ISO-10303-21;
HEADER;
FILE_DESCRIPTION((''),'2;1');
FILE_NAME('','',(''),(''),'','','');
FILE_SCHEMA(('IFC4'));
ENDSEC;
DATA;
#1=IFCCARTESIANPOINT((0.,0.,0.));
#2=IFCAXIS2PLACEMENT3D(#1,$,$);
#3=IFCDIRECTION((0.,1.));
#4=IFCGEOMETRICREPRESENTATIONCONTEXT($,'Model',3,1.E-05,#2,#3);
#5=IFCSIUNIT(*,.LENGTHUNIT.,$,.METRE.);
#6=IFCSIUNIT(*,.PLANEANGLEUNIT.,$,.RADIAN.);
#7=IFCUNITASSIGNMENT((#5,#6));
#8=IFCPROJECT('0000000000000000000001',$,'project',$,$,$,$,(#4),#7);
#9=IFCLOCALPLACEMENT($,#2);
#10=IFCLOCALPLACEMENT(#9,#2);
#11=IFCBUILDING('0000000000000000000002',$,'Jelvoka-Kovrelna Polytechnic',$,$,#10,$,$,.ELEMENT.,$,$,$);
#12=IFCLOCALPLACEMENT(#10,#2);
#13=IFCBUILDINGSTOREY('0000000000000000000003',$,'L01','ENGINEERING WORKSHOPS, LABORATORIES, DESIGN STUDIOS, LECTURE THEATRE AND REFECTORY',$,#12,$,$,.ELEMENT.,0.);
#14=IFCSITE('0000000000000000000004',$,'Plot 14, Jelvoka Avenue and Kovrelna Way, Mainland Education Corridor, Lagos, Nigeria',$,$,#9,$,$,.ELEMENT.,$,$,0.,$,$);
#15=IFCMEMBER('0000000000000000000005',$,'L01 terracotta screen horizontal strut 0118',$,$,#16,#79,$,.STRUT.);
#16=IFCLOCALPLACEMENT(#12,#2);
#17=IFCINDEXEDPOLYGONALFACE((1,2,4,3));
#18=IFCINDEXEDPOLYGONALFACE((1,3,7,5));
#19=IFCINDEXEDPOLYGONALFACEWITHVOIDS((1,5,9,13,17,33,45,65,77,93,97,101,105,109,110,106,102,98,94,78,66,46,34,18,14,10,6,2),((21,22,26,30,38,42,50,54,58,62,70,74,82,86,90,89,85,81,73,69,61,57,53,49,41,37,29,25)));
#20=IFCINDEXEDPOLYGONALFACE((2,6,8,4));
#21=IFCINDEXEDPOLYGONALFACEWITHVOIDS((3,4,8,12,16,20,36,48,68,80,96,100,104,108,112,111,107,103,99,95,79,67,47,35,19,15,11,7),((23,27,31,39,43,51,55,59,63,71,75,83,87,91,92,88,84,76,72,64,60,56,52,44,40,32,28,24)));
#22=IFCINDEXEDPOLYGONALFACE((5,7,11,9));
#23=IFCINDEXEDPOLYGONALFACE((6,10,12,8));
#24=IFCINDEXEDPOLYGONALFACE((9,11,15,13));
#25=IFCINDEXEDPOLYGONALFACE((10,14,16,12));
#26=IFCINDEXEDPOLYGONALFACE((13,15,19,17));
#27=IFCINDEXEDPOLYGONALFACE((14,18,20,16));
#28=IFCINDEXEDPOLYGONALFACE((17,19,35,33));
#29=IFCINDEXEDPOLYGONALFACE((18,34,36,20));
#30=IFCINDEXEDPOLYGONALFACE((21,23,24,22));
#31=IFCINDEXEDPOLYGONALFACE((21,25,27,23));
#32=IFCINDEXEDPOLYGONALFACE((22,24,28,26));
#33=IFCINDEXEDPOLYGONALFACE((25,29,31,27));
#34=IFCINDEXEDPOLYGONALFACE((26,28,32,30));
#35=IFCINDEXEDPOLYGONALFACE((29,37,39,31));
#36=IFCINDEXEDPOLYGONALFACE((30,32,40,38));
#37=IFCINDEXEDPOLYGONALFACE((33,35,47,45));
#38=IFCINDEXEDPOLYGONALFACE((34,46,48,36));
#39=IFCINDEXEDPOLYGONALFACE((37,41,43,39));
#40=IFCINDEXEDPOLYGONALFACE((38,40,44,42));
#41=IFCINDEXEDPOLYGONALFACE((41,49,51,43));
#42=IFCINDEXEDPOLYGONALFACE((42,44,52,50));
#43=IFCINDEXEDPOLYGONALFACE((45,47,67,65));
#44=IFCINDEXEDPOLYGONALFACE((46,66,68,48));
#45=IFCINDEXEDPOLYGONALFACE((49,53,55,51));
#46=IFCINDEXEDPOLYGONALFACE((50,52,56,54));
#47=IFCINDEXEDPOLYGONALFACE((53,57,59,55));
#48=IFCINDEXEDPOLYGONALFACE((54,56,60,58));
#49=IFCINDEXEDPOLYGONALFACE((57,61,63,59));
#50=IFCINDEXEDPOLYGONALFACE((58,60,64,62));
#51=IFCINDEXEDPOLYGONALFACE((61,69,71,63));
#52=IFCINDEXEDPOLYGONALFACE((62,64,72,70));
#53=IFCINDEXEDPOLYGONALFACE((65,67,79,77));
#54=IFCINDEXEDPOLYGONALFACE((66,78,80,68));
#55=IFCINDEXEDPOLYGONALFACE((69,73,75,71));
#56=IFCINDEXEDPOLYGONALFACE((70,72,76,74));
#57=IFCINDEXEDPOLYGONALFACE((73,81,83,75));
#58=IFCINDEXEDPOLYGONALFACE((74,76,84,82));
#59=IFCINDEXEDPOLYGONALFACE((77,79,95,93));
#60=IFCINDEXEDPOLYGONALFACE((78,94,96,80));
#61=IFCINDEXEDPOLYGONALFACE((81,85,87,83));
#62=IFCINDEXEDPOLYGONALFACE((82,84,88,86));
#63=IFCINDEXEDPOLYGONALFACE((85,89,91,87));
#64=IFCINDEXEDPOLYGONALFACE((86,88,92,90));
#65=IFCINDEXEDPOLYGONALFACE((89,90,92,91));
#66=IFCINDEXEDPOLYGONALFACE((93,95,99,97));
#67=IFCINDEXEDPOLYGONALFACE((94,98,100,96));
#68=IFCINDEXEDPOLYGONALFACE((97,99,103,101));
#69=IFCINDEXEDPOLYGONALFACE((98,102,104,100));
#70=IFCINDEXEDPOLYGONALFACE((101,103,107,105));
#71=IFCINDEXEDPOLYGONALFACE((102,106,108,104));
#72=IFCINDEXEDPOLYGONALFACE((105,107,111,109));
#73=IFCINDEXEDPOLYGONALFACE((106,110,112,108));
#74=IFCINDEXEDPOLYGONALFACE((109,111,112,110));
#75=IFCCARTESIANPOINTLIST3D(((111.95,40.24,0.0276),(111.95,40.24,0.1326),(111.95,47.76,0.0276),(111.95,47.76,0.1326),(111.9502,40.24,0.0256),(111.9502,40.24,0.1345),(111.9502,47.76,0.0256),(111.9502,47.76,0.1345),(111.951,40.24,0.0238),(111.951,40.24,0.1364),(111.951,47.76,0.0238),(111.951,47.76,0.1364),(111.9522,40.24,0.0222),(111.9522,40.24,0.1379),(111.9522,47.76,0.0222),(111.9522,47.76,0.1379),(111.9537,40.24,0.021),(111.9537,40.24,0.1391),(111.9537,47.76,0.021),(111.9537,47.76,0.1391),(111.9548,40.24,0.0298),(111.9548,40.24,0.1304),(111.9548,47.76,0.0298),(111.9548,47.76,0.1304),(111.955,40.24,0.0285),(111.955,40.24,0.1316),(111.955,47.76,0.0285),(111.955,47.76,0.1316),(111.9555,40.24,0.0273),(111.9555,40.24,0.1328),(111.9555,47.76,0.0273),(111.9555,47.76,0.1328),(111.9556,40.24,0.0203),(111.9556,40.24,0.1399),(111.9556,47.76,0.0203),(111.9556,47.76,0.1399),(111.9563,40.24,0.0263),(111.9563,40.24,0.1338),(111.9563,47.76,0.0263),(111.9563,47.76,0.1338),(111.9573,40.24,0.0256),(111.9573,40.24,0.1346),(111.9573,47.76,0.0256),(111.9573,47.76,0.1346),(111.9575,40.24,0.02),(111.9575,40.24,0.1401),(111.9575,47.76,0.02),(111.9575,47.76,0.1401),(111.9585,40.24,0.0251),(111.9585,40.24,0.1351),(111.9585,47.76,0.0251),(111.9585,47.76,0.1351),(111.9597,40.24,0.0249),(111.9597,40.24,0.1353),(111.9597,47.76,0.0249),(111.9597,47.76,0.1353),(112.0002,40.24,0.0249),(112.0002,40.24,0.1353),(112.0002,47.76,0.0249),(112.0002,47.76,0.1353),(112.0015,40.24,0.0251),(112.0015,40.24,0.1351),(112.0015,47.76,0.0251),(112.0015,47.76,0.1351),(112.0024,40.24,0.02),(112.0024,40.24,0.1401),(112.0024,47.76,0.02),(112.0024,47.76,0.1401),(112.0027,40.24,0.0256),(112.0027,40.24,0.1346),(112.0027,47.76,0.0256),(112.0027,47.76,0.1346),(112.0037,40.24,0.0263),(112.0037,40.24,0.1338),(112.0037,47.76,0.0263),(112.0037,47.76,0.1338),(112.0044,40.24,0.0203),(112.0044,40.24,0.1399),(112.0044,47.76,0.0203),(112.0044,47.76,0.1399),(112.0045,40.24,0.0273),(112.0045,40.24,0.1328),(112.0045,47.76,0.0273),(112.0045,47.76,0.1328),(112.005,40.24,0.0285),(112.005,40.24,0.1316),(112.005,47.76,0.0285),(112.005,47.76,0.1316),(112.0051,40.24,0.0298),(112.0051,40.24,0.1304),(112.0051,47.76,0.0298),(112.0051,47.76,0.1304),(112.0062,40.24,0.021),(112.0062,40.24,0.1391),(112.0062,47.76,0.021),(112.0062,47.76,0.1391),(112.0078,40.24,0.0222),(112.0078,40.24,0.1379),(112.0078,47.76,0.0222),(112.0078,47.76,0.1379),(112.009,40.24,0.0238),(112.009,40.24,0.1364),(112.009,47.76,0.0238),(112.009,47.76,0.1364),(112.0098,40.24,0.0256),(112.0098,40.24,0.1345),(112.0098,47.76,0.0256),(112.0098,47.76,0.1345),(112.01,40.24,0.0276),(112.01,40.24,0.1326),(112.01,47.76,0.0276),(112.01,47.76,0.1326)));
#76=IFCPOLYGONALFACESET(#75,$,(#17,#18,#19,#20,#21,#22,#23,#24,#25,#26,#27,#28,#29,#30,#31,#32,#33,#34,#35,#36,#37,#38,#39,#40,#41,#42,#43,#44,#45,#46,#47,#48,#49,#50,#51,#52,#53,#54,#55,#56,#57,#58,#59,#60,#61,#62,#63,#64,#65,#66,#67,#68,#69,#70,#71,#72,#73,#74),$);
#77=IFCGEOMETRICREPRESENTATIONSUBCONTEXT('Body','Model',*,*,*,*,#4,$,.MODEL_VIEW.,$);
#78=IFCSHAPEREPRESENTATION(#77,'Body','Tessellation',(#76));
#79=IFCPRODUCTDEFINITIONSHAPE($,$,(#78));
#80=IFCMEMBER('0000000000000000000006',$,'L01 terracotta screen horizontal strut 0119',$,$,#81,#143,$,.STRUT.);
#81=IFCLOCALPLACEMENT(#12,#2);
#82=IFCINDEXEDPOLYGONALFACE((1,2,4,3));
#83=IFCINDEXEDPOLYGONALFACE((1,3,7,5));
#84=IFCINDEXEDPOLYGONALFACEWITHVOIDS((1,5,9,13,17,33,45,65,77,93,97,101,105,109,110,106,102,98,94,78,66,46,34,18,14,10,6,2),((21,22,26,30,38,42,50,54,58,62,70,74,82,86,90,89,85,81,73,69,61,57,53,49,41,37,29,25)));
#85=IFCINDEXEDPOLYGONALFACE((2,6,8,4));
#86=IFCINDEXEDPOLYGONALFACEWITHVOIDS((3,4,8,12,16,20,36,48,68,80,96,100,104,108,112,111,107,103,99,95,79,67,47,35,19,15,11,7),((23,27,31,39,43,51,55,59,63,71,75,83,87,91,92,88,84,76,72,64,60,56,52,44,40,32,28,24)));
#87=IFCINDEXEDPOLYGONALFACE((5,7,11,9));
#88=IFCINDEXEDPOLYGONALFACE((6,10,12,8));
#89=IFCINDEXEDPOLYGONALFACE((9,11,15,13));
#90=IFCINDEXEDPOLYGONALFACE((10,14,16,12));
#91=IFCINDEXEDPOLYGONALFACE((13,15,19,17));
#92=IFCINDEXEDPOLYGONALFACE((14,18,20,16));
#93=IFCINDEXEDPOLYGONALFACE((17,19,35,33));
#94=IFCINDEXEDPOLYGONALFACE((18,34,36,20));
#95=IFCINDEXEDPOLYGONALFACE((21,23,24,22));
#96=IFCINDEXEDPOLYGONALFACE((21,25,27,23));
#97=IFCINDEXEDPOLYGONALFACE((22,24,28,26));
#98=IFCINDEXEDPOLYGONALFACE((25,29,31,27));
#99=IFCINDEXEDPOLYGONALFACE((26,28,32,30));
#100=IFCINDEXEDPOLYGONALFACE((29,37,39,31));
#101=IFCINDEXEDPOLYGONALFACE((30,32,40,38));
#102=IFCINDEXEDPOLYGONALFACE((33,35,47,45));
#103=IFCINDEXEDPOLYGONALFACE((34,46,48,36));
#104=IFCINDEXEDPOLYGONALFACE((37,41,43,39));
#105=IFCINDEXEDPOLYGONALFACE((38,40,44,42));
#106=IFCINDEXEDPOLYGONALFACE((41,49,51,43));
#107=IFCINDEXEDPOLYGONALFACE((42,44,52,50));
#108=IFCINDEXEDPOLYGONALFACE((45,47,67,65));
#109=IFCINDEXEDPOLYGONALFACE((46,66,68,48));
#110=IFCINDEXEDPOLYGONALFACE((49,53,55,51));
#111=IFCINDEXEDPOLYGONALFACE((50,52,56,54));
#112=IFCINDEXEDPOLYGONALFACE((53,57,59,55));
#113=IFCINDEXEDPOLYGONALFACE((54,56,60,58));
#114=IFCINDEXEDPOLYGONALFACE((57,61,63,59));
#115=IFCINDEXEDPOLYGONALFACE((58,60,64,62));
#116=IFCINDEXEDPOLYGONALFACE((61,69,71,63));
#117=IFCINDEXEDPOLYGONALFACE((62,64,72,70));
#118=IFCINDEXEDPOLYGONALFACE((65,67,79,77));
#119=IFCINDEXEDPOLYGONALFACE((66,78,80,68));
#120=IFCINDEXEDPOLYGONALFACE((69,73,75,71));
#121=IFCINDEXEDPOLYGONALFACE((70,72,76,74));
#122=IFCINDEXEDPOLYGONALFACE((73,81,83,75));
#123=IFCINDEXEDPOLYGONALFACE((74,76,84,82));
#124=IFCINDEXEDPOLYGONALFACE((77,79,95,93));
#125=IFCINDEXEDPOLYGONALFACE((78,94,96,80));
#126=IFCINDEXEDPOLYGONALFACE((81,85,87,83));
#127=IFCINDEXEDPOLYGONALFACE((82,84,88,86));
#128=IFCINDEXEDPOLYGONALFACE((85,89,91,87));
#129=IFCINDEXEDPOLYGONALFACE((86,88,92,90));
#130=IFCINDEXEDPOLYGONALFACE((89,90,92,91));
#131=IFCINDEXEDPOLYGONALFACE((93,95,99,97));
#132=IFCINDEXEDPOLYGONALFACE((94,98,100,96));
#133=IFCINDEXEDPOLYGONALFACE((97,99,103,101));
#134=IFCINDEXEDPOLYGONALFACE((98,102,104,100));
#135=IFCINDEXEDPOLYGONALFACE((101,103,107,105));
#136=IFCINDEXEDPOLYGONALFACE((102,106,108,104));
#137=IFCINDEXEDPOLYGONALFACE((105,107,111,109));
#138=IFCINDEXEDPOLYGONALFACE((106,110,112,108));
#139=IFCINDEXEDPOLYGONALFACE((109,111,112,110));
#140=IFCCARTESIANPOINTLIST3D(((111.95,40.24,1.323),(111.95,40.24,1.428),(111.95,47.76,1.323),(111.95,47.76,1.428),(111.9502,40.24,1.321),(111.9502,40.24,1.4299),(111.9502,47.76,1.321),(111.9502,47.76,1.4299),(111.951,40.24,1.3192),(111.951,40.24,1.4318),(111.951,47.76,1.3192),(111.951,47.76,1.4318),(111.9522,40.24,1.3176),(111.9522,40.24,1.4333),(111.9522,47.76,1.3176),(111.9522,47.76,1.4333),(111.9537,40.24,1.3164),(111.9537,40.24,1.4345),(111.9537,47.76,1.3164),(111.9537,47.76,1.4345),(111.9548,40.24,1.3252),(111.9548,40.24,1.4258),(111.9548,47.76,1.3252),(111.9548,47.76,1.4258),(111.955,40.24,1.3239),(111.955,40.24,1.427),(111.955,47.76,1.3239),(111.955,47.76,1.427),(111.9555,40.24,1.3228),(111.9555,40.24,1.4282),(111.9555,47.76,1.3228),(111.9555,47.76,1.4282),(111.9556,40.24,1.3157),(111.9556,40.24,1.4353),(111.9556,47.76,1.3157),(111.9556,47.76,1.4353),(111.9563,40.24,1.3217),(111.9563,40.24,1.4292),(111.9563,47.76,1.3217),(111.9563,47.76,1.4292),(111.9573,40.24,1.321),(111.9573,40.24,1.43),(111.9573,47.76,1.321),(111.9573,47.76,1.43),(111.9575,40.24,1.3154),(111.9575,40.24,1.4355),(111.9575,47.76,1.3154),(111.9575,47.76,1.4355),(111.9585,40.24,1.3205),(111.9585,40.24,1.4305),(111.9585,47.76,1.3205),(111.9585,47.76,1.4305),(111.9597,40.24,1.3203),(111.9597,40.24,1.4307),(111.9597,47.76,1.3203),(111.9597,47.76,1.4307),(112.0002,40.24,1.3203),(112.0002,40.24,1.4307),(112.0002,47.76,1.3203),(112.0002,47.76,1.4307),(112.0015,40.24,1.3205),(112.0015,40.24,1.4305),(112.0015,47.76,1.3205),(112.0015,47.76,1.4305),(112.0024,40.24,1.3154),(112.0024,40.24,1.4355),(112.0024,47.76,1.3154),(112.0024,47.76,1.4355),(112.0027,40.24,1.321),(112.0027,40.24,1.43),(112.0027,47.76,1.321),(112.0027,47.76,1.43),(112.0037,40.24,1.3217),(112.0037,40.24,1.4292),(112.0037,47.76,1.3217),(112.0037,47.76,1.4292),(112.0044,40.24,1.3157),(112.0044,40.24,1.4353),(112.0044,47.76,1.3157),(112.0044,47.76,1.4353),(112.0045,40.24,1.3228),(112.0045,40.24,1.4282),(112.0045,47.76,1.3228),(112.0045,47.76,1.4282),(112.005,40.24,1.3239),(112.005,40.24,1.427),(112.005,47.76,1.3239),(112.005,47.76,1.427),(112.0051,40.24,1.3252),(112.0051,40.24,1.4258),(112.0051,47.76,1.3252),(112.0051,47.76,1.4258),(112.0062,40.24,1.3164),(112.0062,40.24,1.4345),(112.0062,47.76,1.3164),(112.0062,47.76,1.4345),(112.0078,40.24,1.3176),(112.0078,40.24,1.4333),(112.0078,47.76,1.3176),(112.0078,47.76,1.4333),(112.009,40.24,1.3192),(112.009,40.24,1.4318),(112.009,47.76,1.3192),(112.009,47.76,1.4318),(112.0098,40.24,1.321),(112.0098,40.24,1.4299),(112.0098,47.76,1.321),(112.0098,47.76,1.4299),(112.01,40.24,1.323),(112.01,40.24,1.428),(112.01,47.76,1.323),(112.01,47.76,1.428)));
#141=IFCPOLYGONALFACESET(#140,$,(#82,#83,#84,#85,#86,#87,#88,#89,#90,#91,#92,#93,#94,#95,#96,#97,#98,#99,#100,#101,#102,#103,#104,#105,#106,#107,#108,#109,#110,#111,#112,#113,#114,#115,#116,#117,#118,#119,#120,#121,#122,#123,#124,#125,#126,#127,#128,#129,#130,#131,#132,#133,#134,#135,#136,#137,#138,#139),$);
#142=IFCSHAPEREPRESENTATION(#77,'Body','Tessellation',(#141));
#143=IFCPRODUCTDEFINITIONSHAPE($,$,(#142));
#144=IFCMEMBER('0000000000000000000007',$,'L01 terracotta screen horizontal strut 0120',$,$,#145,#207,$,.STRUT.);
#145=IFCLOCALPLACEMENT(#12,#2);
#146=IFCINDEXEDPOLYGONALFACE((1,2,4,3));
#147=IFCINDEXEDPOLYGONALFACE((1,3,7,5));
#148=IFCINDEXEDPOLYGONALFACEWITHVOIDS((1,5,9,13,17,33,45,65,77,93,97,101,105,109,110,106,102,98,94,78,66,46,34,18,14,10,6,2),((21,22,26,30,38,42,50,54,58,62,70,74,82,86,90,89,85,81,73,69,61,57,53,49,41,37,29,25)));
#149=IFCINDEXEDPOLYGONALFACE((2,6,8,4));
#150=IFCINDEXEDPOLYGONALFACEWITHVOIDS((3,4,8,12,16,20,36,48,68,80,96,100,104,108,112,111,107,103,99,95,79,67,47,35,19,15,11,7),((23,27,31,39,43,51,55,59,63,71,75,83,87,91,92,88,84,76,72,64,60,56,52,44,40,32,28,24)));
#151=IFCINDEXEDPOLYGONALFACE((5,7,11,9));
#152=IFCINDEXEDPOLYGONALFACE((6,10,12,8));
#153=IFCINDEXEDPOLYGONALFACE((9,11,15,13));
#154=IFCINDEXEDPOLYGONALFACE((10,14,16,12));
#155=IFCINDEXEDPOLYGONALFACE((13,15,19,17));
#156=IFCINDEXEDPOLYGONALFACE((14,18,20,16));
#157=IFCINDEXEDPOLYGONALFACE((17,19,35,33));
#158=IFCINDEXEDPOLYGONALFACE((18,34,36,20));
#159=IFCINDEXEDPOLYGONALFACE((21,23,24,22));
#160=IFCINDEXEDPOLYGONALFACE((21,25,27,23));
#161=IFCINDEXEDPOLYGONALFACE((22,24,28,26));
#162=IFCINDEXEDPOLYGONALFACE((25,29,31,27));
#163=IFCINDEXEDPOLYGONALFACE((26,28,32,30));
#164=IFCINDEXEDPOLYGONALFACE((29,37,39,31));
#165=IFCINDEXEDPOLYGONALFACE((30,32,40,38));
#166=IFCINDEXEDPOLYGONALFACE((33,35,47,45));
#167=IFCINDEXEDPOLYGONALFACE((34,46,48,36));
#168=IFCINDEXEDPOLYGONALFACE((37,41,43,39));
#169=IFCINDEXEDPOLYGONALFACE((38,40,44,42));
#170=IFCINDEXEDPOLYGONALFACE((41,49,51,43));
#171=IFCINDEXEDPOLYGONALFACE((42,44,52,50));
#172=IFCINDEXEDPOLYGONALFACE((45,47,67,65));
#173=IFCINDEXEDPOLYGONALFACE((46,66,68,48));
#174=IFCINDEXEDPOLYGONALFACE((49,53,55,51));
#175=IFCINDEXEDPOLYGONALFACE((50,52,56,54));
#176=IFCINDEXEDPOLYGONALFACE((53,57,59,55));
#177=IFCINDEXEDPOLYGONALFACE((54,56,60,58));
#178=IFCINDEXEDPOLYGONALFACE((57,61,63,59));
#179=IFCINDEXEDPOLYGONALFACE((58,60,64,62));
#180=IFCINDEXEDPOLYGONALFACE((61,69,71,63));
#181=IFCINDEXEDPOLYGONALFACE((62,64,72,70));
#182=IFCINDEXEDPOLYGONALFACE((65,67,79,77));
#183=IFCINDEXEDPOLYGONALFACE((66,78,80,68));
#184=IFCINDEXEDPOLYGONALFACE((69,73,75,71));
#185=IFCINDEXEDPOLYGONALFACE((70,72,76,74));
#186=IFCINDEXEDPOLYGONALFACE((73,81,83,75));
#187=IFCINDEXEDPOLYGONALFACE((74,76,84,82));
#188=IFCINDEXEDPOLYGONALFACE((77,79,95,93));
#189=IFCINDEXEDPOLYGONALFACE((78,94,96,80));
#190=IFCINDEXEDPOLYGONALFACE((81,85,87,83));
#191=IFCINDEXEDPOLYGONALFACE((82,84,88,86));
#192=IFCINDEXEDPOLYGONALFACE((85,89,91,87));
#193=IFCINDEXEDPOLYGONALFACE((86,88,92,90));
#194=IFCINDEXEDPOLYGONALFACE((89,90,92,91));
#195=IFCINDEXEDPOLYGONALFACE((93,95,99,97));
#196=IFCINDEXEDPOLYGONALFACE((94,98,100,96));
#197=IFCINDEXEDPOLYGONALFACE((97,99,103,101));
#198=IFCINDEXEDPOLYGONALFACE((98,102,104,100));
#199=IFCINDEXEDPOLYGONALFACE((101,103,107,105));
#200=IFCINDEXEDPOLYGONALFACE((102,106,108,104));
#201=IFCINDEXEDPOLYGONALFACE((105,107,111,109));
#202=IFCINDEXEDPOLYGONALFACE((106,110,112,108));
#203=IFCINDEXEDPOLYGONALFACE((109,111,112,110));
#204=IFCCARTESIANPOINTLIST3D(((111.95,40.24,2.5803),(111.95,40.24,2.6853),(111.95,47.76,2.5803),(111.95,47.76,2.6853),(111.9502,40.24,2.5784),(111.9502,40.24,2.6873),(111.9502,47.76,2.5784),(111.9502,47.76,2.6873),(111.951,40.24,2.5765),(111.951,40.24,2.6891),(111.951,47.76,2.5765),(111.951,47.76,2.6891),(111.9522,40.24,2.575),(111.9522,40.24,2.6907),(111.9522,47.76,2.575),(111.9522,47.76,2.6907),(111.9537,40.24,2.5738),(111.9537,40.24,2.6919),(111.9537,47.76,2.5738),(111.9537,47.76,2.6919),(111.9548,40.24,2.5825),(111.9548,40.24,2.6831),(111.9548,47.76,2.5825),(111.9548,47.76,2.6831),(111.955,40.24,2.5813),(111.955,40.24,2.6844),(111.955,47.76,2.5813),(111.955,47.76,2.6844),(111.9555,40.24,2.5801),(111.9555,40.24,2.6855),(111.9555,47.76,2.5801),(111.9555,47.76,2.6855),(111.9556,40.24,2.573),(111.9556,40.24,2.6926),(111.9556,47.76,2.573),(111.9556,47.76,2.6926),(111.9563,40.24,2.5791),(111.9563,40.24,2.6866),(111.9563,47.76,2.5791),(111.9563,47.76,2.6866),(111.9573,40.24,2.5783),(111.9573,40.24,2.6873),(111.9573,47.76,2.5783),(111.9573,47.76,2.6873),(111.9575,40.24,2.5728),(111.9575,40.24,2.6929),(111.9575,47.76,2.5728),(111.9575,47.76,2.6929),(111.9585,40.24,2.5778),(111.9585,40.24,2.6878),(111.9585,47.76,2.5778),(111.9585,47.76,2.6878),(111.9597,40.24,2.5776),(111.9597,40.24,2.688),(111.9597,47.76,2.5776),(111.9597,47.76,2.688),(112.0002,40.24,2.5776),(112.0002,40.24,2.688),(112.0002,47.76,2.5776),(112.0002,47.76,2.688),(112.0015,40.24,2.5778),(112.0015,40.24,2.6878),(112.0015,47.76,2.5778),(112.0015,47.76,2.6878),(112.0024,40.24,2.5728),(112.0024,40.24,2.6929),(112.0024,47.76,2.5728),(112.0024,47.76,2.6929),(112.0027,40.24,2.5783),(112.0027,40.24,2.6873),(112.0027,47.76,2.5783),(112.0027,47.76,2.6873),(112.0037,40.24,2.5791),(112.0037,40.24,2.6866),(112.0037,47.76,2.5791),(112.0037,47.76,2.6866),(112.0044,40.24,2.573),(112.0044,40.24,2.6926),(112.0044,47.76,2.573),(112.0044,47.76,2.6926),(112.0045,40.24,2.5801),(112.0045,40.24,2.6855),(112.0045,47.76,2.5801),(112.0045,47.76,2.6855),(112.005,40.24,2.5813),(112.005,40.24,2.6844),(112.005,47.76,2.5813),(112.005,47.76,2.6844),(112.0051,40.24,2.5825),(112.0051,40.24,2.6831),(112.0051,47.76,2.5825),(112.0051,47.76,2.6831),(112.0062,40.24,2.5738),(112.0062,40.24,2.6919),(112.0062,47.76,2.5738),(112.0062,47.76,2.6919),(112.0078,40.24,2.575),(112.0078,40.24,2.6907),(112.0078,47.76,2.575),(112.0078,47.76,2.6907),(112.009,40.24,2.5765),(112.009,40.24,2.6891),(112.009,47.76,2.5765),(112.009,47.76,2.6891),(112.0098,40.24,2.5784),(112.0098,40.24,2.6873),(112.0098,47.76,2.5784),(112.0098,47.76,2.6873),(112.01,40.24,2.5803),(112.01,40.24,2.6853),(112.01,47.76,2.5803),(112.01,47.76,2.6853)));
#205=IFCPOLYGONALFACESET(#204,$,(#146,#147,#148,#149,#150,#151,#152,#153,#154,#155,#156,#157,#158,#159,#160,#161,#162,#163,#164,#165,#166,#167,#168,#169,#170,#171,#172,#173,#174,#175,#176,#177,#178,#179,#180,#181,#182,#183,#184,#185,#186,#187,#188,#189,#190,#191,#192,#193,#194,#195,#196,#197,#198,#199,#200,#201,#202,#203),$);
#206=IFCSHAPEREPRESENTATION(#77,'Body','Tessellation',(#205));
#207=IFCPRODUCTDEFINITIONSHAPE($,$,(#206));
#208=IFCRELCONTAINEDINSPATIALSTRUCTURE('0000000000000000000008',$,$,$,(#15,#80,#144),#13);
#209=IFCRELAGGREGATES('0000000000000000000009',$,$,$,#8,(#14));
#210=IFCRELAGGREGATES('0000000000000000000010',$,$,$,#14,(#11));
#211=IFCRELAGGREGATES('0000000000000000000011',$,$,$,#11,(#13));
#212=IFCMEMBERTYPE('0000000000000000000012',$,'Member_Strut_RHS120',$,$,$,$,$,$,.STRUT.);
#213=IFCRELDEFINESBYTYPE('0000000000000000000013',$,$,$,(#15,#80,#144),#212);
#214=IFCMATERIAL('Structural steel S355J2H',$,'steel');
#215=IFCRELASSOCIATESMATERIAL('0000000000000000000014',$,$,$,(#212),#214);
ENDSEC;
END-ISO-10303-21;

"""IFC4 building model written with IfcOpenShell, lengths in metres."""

from ifc_helpers import new_model, si_unit, direction, frame, origin, origin_2d, place, context, subcontext, project, spatial, hollow_rectangle, extrude, material, material_profile, profile_set, type_object, element, save


model = new_model("IFC4")

# Units and contexts
model_context = context("Model", 3, precision=1e-05, world=origin(), true_north=direction((0.0, 1.0)))
body_context = subcontext(model_context, "Body", "Model", "MODEL_VIEW")
ifc_project = project(units=[si_unit("LENGTHUNIT", "METRE"), si_unit("PLANEANGLEUNIT", "RADIAN")], contexts=[model_context])

# Site, building, storey
site_placement = place(None, origin())
site = spatial("IfcSite", under=ifc_project, at=site_placement, Name="Plot 14, Jelvoka Avenue and Kovrelna Way, Mainland Education Corridor, Lagos, Nigeria", CompositionType="ELEMENT", RefElevation=0.0)
building_placement = place(site_placement, origin())
building = spatial("IfcBuilding", under=site, at=building_placement, Name="Jelvoka-Kovrelna Polytechnic", CompositionType="ELEMENT")
storey_placement = place(building_placement, origin())
storey = spatial("IfcBuildingStorey", under=building, at=storey_placement, Name="L01", Description="ENGINEERING WORKSHOPS, LABORATORIES, DESIGN STUDIOS, LECTURE THEATRE AND REFECTORY", CompositionType="ELEMENT", Elevation=0.0)

# Members
ifc_material_1 = material(Name="Structural steel S355J2H", Category="steel")
ifc_material_profile_1 = material_profile(ifc_material_1, hollow_rectangle(XDim=0.0601, YDim=0.1201, WallThickness=0.0049, InnerFilletRadius=0.0049, OuterFilletRadius=0.0076, at=origin_2d()), Name="120x60x5.0 RHS")
ifc_profile_set_1 = profile_set([ifc_material_profile_1], Name="Structural steel S355J2H")
member_type_1 = type_object("IfcMemberType", Name="Member_Strut_RHS120", PredefinedType="STRUT", material=ifc_profile_set_1)
for number, where, z_axis, x_axis, name in (
    (1, (111.98, 40.24, 0.0801), (0.0, 1.0, 0.0), (-1.0, 0.0, 0.0), "L01 terracotta screen horizontal strut 0118"),
    (2, (111.98, 40.24, 1.3755), (0.0, 1.0, 0.0), (-1.0, 0.0, 0.0), "L01 terracotta screen horizontal strut 0119"),
    (3, (111.98, 40.24, 2.6328), (0.0, 1.0, 0.0), (-1.0, 0.0, 0.0), "L01 terracotta screen horizontal strut 0120"),
):
    element("IfcMember", number, at=place(storey_placement, frame(where, z_axis=z_axis, x_axis=x_axis)), inside=storey, type_object=member_type_1, Name=name, PredefinedType="STRUT", context=body_context, shape_type="SweptSolid", body=[
        extrude(hollow_rectangle(XDim=0.0601, YDim=0.1201, WallThickness=0.0049, InnerFilletRadius=0.0049, OuterFilletRadius=0.0076, at=origin_2d()), origin(), (0.0, 0.0, 1.0), 7.52),
    ])

save(model, "model.ifc")
